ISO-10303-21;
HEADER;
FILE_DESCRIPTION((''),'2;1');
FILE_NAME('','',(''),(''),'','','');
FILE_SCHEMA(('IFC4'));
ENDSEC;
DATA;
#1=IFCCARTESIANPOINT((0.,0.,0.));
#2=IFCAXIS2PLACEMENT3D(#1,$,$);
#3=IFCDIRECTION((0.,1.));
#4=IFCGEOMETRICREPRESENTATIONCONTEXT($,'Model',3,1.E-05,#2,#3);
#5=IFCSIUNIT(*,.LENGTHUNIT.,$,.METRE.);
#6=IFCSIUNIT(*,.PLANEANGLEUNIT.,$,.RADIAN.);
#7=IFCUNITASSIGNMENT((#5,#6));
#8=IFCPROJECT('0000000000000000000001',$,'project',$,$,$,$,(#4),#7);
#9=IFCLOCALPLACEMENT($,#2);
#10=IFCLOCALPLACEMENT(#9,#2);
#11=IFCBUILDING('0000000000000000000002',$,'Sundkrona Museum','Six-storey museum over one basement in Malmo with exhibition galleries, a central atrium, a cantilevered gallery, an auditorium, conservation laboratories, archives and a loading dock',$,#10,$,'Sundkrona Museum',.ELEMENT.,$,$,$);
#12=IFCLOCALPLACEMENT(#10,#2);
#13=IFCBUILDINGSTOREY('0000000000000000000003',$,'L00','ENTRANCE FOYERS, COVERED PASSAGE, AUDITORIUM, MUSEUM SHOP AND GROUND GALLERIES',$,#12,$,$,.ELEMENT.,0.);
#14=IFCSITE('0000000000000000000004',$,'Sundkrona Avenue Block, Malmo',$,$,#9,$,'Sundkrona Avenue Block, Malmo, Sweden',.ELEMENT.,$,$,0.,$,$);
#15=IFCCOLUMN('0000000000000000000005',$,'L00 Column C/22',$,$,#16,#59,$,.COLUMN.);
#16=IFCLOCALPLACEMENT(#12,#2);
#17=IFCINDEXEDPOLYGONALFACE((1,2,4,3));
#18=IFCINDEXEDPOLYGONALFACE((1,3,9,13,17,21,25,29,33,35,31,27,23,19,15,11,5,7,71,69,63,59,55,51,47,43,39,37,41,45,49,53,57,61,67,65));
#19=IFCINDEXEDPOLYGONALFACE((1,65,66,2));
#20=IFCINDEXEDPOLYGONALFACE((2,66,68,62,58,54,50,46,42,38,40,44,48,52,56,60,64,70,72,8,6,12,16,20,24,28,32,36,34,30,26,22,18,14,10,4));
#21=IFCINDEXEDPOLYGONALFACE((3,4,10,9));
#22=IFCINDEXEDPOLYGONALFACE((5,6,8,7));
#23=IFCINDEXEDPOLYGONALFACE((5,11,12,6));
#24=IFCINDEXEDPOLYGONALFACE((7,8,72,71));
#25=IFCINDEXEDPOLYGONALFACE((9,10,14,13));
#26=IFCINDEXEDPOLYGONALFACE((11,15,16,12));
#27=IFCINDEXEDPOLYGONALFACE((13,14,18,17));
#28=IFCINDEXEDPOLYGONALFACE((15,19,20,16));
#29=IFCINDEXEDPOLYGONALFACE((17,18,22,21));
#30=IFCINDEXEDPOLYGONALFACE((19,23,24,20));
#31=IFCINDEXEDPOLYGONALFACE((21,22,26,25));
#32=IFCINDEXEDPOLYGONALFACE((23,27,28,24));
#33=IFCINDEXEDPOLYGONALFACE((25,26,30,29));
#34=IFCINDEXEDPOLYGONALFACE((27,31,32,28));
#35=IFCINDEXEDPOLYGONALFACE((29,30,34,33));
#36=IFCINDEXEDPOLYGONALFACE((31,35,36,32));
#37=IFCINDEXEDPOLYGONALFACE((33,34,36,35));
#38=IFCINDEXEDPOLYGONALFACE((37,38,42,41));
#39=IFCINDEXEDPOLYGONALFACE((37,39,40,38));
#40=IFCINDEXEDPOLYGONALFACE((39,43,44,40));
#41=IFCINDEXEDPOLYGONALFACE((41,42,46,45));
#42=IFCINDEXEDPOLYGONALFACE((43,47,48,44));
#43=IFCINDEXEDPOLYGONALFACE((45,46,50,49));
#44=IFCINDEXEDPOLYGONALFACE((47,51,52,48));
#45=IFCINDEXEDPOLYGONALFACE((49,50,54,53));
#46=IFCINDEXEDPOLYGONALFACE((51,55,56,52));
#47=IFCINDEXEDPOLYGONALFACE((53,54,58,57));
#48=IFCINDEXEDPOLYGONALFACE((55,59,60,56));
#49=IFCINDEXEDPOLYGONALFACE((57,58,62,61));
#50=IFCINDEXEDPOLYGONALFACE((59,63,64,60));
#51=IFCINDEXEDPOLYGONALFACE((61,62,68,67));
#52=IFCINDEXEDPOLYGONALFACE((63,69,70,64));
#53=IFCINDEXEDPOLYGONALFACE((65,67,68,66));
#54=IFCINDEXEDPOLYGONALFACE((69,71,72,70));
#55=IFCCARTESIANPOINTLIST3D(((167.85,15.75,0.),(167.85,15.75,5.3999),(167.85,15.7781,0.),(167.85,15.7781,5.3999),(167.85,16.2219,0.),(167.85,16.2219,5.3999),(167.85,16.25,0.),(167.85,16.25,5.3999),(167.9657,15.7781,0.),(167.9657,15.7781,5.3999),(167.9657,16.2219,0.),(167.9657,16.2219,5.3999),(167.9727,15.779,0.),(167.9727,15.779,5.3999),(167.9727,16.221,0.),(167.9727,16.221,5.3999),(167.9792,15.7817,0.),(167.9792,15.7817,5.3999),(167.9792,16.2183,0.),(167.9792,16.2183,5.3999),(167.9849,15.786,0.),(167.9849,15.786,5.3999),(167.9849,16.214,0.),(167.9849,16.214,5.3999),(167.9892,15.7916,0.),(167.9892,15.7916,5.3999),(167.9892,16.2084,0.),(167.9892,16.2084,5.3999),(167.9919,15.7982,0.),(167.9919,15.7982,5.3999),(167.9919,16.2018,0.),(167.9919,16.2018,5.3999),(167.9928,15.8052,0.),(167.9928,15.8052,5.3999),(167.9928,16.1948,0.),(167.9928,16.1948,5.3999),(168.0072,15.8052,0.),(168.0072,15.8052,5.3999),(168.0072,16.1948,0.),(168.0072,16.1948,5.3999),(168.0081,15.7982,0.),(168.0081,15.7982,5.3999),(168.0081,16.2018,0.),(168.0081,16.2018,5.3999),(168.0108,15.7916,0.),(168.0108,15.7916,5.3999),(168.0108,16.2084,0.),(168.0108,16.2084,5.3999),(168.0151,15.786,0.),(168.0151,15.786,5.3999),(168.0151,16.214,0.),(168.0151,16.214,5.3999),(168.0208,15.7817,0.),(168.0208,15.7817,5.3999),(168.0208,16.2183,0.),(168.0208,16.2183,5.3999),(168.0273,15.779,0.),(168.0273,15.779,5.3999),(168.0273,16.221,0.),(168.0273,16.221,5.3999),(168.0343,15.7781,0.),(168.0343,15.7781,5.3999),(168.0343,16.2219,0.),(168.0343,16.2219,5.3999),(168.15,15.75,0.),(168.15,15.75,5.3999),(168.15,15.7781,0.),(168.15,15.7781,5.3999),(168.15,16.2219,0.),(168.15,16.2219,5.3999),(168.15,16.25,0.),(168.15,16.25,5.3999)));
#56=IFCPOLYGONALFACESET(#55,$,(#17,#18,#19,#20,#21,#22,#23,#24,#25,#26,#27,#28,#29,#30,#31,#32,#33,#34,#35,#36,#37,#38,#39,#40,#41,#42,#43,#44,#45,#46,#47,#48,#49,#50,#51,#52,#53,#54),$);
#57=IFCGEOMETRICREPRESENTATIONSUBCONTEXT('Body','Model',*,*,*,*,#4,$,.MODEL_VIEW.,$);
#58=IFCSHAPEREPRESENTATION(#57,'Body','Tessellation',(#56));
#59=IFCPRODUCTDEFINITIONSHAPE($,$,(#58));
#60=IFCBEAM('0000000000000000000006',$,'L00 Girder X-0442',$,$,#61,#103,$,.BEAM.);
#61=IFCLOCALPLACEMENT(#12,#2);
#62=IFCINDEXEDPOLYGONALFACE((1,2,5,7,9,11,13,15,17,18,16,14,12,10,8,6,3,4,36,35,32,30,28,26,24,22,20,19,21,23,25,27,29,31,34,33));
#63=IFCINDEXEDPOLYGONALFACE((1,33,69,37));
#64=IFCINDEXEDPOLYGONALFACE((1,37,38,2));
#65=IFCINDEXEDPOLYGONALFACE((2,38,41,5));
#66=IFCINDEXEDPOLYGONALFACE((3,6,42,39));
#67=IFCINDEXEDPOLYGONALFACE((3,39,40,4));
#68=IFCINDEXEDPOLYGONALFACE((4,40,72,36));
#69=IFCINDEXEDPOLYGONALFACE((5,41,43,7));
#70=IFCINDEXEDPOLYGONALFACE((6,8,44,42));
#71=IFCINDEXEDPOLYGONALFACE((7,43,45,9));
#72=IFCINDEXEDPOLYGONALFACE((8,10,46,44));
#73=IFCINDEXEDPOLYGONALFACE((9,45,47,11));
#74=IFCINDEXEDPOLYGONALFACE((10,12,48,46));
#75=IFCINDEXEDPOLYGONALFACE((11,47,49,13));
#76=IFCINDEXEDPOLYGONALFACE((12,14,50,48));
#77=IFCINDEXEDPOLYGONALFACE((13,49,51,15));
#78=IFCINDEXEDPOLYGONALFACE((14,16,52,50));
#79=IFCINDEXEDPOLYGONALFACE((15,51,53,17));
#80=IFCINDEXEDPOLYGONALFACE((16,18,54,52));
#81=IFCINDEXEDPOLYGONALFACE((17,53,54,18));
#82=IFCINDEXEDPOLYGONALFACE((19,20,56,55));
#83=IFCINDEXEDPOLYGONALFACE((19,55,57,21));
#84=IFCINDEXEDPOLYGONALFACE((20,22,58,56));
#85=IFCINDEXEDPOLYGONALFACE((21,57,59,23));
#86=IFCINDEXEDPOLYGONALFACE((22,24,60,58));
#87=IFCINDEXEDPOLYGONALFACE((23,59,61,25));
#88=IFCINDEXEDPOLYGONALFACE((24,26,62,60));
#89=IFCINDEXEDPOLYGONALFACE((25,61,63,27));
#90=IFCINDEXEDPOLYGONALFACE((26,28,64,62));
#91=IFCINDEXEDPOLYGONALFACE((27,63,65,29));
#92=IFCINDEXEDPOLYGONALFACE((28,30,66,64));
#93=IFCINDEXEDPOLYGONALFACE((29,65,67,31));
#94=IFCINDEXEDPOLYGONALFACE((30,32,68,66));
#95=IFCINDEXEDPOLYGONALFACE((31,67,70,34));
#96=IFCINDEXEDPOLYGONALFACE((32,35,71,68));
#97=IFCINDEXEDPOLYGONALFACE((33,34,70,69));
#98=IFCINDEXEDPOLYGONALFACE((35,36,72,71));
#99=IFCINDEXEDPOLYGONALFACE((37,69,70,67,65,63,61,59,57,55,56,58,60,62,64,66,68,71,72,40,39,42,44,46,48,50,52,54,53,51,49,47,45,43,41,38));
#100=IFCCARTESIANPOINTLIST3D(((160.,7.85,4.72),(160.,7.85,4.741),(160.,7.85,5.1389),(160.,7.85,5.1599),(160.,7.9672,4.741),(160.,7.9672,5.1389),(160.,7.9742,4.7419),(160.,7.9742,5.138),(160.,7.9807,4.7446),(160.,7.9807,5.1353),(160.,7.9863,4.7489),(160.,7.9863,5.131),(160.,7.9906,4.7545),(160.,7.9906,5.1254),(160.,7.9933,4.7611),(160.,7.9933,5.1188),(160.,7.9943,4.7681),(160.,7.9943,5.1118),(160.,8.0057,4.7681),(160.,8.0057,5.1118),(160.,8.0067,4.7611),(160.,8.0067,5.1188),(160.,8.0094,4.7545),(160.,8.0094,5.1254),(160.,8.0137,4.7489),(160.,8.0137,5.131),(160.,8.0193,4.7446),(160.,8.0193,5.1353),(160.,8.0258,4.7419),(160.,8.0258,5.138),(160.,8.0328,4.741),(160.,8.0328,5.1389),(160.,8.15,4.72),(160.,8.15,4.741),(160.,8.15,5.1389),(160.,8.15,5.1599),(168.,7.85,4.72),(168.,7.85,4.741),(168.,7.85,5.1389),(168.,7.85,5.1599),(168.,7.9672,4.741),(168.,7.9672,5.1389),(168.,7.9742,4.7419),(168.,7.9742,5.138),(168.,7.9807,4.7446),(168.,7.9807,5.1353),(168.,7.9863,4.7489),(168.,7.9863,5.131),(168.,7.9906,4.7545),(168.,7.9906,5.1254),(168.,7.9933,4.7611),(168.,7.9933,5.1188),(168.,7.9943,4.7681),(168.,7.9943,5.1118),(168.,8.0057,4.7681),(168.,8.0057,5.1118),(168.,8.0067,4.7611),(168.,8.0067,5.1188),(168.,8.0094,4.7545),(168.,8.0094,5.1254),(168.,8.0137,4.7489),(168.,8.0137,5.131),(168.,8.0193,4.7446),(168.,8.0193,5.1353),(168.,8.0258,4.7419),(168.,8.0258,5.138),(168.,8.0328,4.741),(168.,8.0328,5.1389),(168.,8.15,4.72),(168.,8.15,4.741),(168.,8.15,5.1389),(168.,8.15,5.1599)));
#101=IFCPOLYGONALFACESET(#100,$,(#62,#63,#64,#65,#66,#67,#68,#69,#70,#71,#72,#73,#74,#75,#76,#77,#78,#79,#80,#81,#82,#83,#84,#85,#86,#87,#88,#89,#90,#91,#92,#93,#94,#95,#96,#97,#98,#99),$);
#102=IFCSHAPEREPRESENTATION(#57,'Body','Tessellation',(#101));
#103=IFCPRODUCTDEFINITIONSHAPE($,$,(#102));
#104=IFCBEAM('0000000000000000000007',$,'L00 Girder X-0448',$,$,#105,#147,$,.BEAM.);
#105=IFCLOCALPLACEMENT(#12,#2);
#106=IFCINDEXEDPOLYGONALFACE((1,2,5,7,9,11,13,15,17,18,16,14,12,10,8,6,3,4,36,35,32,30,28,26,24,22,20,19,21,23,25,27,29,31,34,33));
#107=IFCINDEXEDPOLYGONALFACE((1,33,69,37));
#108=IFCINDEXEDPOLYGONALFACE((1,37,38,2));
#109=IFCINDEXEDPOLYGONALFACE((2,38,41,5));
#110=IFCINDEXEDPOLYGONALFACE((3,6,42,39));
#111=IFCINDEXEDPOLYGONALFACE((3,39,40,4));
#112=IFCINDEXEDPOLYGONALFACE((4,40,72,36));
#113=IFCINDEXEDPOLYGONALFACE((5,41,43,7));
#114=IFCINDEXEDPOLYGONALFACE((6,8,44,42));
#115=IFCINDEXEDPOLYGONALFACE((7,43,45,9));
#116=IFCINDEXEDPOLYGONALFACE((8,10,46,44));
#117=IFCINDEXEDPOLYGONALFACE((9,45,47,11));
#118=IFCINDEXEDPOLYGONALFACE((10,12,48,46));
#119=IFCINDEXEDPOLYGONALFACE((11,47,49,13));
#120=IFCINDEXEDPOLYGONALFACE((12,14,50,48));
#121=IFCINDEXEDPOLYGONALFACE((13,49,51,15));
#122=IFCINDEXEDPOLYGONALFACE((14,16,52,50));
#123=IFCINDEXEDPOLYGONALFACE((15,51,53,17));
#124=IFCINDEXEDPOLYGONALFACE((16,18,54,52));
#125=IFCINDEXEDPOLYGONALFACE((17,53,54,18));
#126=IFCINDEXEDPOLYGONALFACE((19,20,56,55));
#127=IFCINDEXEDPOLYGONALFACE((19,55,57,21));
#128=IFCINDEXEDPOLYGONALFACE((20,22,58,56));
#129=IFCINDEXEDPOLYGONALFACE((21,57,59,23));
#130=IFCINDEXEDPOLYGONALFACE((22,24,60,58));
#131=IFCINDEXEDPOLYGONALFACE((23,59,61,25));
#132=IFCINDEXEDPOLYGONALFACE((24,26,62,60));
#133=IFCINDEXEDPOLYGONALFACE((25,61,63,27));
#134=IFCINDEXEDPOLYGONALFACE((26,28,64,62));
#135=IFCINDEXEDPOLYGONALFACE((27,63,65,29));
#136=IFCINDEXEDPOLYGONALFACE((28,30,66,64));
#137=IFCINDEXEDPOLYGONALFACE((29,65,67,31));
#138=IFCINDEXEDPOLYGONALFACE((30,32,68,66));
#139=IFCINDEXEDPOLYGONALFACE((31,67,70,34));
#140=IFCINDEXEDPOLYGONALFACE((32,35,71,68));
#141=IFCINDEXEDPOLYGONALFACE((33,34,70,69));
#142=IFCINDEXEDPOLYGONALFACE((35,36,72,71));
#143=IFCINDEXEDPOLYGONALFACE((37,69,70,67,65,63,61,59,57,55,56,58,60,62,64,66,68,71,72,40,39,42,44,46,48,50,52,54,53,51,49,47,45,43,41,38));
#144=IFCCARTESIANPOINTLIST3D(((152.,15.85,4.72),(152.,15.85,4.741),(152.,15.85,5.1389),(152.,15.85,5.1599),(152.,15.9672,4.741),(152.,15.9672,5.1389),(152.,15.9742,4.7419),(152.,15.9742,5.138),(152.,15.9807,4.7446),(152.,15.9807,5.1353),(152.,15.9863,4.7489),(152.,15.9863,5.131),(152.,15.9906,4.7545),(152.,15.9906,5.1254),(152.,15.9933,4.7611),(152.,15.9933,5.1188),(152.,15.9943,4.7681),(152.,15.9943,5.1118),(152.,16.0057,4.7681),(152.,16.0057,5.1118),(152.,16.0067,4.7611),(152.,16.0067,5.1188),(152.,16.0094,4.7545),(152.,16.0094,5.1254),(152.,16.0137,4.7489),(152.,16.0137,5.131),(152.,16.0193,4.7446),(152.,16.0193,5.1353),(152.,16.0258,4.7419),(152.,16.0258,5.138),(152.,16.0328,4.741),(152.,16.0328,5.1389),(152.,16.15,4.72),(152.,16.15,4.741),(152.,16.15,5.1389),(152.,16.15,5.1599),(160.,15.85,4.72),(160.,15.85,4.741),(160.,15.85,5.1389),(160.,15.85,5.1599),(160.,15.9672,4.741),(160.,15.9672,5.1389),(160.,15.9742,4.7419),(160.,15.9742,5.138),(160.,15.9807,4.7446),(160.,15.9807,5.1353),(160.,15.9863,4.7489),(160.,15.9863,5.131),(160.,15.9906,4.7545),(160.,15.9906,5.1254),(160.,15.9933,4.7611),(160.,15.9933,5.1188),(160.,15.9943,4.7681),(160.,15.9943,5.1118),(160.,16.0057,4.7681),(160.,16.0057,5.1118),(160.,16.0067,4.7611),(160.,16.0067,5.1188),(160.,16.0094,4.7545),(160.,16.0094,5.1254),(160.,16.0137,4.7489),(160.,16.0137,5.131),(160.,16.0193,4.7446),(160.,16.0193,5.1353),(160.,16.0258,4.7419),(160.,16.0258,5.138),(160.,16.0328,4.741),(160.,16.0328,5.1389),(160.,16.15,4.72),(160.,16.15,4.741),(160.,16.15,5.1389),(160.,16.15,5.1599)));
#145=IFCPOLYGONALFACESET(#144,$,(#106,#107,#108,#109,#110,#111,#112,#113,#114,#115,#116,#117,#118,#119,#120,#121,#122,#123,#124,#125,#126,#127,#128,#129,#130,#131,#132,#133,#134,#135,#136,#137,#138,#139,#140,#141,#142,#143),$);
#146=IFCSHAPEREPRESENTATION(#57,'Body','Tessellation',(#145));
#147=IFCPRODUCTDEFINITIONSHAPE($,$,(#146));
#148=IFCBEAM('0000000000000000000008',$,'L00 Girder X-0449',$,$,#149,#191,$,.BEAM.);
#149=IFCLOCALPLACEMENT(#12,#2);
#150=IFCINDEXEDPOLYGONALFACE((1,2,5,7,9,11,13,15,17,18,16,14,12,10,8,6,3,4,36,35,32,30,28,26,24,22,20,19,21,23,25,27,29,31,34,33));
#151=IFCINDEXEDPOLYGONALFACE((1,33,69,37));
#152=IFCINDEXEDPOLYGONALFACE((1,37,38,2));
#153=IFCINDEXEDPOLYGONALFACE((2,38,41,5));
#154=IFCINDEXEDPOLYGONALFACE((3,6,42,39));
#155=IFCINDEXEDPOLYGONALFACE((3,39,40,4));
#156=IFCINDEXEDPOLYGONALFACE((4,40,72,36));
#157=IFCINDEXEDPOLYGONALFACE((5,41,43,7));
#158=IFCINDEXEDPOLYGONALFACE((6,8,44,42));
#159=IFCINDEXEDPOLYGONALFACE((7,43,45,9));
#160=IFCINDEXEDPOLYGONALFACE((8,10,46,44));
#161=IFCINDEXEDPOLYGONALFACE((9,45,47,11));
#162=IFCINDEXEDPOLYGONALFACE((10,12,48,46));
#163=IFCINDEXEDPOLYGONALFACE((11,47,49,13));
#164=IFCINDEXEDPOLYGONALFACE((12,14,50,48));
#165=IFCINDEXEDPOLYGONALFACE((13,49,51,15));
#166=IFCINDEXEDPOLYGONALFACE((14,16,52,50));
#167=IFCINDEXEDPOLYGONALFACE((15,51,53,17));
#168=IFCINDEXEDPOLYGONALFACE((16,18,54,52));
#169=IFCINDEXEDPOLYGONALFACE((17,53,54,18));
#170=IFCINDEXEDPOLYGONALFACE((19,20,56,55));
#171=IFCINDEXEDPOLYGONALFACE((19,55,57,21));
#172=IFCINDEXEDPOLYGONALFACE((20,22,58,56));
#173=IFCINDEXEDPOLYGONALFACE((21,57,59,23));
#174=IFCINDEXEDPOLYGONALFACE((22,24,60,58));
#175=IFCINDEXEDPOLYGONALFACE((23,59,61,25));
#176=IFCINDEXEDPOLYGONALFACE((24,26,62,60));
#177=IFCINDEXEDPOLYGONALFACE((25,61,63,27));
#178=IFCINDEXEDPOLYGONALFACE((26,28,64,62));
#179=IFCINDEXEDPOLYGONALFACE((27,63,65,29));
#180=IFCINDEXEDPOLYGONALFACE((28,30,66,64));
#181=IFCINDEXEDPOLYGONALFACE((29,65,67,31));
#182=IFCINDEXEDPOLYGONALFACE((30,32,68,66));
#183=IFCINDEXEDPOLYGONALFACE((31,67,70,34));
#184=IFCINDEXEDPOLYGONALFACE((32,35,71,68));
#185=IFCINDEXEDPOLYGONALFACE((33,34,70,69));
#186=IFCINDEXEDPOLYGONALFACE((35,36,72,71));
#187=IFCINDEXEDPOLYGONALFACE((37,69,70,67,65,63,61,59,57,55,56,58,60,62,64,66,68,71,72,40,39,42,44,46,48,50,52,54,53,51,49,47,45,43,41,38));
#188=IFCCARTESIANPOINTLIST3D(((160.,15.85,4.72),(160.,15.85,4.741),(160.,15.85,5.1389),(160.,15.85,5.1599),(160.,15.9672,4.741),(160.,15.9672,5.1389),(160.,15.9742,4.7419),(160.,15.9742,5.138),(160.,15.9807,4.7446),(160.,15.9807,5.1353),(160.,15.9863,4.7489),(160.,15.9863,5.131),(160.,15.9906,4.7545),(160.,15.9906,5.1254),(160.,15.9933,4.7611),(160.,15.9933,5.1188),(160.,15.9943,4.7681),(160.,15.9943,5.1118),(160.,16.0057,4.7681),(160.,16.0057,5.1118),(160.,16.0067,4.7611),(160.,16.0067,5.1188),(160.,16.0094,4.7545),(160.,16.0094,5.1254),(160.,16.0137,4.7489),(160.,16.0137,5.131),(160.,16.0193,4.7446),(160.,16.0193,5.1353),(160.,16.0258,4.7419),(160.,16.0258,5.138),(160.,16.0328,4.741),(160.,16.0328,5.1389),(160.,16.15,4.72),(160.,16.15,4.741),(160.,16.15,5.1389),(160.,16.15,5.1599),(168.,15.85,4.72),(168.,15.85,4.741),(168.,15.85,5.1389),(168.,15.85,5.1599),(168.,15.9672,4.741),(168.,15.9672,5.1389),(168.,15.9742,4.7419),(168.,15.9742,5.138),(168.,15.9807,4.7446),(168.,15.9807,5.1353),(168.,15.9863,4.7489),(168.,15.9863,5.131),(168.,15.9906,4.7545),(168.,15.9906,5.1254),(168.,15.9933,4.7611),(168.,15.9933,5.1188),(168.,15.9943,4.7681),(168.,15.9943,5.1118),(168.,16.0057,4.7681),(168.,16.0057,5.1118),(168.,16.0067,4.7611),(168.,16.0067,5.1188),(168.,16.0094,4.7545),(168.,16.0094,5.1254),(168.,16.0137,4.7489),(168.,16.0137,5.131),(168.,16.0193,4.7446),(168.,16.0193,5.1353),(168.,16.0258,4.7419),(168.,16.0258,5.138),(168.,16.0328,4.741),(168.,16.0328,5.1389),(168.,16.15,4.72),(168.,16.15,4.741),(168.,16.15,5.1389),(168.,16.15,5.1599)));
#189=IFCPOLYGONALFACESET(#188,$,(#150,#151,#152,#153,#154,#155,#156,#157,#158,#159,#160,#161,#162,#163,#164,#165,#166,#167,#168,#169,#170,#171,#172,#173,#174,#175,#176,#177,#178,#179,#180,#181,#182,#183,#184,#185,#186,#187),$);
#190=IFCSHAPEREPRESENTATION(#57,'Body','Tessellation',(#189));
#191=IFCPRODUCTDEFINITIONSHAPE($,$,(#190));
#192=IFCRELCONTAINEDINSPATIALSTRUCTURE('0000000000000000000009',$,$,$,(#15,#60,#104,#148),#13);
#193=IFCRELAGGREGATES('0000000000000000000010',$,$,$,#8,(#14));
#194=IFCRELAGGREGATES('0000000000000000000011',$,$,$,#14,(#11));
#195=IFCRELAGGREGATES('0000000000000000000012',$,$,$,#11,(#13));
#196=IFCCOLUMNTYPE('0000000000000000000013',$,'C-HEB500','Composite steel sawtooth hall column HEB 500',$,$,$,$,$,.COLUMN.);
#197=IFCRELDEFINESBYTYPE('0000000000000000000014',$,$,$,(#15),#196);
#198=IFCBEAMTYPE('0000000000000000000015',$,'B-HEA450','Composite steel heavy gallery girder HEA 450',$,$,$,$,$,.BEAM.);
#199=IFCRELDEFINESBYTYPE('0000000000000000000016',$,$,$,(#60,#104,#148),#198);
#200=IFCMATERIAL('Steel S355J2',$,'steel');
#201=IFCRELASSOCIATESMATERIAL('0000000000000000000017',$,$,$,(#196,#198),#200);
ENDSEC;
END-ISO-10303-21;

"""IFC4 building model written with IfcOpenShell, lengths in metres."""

from ifc_helpers import new_model, si_unit, direction, frame, origin, origin_2d, place, context, subcontext, project, spatial, i_section, extrude, material, material_profile, profile_set, type_object, element, save


model = new_model("IFC4")

# Units and contexts
model_context = context("Model", 3, precision=1e-05, world=origin(), true_north=direction((0.0, 1.0)))
body_context = subcontext(model_context, "Body", "Model", "MODEL_VIEW")
ifc_project = project(units=[si_unit("LENGTHUNIT", "METRE"), si_unit("PLANEANGLEUNIT", "RADIAN")], contexts=[model_context])

# Site, building, storey
site_placement = place(None, origin())
site = spatial("IfcSite", under=ifc_project, at=site_placement, Name="Sundkrona Avenue Block, Malmo", LongName="Sundkrona Avenue Block, Malmo, Sweden", CompositionType="ELEMENT", RefElevation=0.0)
building_placement = place(site_placement, origin())
building = spatial("IfcBuilding", under=site, at=building_placement, Name="Sundkrona Museum", Description="Six-storey museum over one basement in Malmo with exhibition galleries, a central atrium, a cantilevered gallery, an auditorium, conservation laboratories, archives and a loading dock", LongName="Sundkrona Museum", CompositionType="ELEMENT")
storey_placement = place(building_placement, origin())
storey = spatial("IfcBuildingStorey", under=building, at=storey_placement, Name="L00", Description="ENTRANCE FOYERS, COVERED PASSAGE, AUDITORIUM, MUSEUM SHOP AND GROUND GALLERIES", CompositionType="ELEMENT", Elevation=0.0)

# Column
ifc_material_1 = material(Name="Steel S355J2", Category="steel")
ifc_material_profile_1 = material_profile(ifc_material_1, i_section(OverallWidth=0.3, OverallDepth=0.5, WebThickness=0.0144, FlangeThickness=0.0281, FilletRadius=0.0271, at=origin_2d()), Name="HEB 500")
ifc_profile_set_1 = profile_set([ifc_material_profile_1], Name="Steel S355J2")
column_type = type_object("IfcColumnType", Name="C-HEB500", Description="Composite steel sawtooth hall column HEB 500", PredefinedType="COLUMN", material=ifc_profile_set_1)
for number, where, z_axis, x_axis, name in (
    (1, (168.0, 16.0, 0.0), (0.0, 0.0, 1.0), (1.0, 0.0, 0.0), "L00 Column C/22"),
):
    element("IfcColumn", number, at=place(storey_placement, frame(where, z_axis=z_axis, x_axis=x_axis)), inside=storey, type_object=column_type, Name=name, PredefinedType="COLUMN", context=body_context, shape_type="SweptSolid", body=[
        extrude(i_section(OverallWidth=0.3, OverallDepth=0.5, WebThickness=0.0144, FlangeThickness=0.0281, FilletRadius=0.0271, at=origin_2d()), origin(), (0.0, 0.0, 1.0), 5.3999),
    ])

# Beams
ifc_material_profile_2 = material_profile(ifc_material_1, i_section(OverallWidth=0.3, OverallDepth=0.4399, WebThickness=0.0115, FlangeThickness=0.021, FilletRadius=0.0271, at=origin_2d()), Name="HEA 450")
ifc_profile_set_2 = profile_set([ifc_material_profile_2], Name="Steel S355J2")
beam_type_1 = type_object("IfcBeamType", Name="B-HEA450", Description="Composite steel heavy gallery girder HEA 450", PredefinedType="BEAM", material=ifc_profile_set_2)
for number, where, z_axis, x_axis, name in (
    (2, (160.0, 8.0, 4.9399), (1.0, 0.0, 0.0), (0.0, 1.0, 0.0), "L00 Girder X-0442"),
    (3, (152.0, 16.0, 4.9399), (1.0, 0.0, 0.0), (0.0, 1.0, 0.0), "L00 Girder X-0448"),
    (4, (160.0, 16.0, 4.9399), (1.0, 0.0, 0.0), (0.0, 1.0, 0.0), "L00 Girder X-0449"),
):
    element("IfcBeam", number, at=place(storey_placement, frame(where, z_axis=z_axis, x_axis=x_axis)), inside=storey, type_object=beam_type_1, Name=name, PredefinedType="BEAM", context=body_context, shape_type="SweptSolid", body=[
        extrude(i_section(OverallWidth=0.3, OverallDepth=0.4399, WebThickness=0.0115, FlangeThickness=0.021, FilletRadius=0.0271, at=origin_2d()), origin(), (0.0, 0.0, 1.0), 8.0),
    ])

save(model, "model.ifc")
